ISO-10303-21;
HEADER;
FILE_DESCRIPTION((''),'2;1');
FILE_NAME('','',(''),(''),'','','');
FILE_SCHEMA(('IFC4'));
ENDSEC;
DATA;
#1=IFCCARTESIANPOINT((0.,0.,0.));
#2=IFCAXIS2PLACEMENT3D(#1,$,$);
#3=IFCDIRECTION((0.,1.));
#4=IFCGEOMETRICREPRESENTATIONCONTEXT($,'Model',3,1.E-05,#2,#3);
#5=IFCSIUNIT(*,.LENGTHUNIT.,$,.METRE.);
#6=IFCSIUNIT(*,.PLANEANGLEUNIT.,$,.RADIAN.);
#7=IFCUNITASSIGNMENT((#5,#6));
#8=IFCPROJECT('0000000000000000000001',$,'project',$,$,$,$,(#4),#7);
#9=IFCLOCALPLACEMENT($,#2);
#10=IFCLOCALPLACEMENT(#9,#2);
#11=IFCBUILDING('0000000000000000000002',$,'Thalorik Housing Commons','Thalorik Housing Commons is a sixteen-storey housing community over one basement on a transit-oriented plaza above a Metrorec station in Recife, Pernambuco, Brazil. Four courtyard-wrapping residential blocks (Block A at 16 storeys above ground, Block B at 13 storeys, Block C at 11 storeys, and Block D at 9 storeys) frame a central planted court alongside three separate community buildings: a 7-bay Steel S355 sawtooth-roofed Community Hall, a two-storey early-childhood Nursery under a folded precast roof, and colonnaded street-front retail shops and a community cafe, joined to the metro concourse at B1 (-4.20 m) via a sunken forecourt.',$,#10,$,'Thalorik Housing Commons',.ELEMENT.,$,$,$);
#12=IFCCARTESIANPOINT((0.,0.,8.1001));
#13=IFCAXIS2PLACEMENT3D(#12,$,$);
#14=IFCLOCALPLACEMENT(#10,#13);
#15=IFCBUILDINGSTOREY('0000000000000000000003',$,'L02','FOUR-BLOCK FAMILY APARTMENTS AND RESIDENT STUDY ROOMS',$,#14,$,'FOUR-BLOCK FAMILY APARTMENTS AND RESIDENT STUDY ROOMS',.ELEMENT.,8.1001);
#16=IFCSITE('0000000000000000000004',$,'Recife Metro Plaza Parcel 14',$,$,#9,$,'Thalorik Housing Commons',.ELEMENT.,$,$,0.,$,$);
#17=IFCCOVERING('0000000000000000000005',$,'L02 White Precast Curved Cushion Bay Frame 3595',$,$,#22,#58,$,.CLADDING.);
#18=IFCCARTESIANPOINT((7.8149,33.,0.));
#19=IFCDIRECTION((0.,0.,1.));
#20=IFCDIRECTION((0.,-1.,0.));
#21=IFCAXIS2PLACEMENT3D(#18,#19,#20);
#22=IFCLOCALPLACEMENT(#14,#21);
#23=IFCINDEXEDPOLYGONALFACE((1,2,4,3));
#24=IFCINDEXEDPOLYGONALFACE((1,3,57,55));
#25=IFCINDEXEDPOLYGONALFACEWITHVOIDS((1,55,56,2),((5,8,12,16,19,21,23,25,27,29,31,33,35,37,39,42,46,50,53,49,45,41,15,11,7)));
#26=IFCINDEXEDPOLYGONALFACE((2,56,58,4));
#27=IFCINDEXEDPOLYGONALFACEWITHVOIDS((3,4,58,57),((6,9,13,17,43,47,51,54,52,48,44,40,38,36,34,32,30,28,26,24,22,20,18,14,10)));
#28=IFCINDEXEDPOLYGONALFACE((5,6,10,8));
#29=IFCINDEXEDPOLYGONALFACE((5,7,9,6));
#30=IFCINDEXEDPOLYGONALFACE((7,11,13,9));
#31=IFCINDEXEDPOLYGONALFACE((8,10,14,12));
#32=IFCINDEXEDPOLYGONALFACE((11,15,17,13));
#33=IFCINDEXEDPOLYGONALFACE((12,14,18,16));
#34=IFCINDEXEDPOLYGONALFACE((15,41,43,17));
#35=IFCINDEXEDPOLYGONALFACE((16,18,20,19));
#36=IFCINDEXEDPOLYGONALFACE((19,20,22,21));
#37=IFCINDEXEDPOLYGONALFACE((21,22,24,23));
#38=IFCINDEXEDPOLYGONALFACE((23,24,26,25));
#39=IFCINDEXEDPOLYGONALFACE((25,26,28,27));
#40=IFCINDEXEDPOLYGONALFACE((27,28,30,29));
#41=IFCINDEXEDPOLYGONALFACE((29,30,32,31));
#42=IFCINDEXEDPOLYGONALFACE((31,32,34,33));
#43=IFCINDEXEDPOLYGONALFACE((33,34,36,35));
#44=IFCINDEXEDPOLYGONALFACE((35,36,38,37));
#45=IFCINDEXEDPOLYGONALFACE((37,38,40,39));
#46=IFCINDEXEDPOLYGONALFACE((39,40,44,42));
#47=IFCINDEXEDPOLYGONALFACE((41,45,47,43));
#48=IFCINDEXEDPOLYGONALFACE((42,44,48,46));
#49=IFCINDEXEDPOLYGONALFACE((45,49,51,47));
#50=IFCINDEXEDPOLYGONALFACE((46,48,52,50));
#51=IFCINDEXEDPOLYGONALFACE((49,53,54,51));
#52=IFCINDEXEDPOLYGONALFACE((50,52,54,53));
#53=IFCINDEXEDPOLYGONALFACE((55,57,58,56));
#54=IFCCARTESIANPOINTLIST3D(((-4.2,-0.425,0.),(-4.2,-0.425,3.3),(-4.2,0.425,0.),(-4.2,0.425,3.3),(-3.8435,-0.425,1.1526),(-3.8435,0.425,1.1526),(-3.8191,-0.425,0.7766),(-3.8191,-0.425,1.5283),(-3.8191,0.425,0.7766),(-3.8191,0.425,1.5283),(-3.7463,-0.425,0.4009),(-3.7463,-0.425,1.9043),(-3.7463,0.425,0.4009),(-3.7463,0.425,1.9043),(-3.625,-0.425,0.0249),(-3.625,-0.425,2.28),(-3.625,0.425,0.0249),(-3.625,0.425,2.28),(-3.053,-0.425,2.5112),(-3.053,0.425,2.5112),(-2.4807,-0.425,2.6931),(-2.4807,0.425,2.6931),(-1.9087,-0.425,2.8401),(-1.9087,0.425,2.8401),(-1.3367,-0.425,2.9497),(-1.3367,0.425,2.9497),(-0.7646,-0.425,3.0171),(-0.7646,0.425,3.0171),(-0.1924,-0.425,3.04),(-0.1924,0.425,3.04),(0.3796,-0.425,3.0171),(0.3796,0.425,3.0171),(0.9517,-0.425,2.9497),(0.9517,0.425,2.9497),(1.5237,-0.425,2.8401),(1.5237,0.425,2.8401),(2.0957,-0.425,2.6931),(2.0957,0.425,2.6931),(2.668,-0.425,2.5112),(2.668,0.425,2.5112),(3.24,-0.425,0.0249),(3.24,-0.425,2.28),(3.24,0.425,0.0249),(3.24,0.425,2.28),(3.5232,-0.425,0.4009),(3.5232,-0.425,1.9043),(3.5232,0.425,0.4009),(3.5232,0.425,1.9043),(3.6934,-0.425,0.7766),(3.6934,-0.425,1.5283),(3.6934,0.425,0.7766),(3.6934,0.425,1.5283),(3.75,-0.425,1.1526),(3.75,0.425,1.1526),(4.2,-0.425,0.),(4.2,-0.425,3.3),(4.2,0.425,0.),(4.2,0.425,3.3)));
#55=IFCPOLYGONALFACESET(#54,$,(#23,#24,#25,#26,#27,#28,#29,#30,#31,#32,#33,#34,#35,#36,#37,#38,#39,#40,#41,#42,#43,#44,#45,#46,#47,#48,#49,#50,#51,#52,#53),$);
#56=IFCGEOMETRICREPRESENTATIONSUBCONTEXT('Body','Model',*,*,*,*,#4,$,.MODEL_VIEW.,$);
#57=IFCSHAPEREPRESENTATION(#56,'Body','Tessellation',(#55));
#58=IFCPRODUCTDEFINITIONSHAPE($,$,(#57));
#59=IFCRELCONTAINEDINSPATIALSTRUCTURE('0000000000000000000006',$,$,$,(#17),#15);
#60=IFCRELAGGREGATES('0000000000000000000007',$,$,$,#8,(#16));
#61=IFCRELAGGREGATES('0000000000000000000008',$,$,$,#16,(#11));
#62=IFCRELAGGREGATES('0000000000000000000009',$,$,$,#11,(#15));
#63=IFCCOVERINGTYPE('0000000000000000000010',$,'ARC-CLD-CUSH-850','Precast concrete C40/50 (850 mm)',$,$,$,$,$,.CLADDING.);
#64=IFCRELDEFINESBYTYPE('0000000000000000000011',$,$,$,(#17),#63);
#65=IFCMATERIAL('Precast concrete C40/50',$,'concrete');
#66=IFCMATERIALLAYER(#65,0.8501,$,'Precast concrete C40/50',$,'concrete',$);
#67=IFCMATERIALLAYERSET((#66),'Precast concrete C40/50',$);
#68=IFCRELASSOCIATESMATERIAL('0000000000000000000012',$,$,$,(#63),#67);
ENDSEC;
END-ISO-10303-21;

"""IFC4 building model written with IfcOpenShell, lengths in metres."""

from ifc_helpers import new_model, si_unit, direction, frame, origin, place, context, subcontext, project, spatial, polyline, outline, extrude, material, layer, layer_set, type_object, element, save


model = new_model("IFC4")

# Units and contexts
model_context = context("Model", 3, precision=1e-05, world=origin(), true_north=direction((0.0, 1.0)))
body_context = subcontext(model_context, "Body", "Model", "MODEL_VIEW")
ifc_project = project(units=[si_unit("LENGTHUNIT", "METRE"), si_unit("PLANEANGLEUNIT", "RADIAN")], contexts=[model_context])

# Site, building, storey
site_placement = place(None, origin())
site = spatial("IfcSite", under=ifc_project, at=site_placement, Name="Recife Metro Plaza Parcel 14", LongName="Thalorik Housing Commons", CompositionType="ELEMENT", RefElevation=0.0)
building_placement = place(site_placement, origin())
building = spatial("IfcBuilding", under=site, at=building_placement, Name="Thalorik Housing Commons", Description="Thalorik Housing Commons is a sixteen-storey housing community over one basement on a transit-oriented plaza above a Metrorec station in Recife, Pernambuco, Brazil. Four courtyard-wrapping residential blocks (Block A at 16 storeys above ground, Block B at 13 storeys, Block C at 11 storeys, and Block D at 9 storeys) frame a central planted court alongside three separate community buildings: a 7-bay Steel S355 sawtooth-roofed Community Hall, a two-storey early-childhood Nursery under a folded precast roof, and colonnaded street-front retail shops and a community cafe, joined to the metro concourse at B1 (-4.20 m) via a sunken forecourt.", LongName="Thalorik Housing Commons", CompositionType="ELEMENT")
storey_placement = place(building_placement, frame((0.0, 0.0, 8.1001)))
storey = spatial("IfcBuildingStorey", under=building, at=storey_placement, Name="L02", Description="FOUR-BLOCK FAMILY APARTMENTS AND RESIDENT STUDY ROOMS", LongName="FOUR-BLOCK FAMILY APARTMENTS AND RESIDENT STUDY ROOMS", CompositionType="ELEMENT", Elevation=8.1001)

# Shared definitions
ifc_material_1 = material(Name="Precast concrete C40/50", Category="concrete")

# Covering
ifc_layer_1 = layer(ifc_material_1, 0.8501, Name="Precast concrete C40/50", Category="concrete")
ifc_layer_set_1 = layer_set([ifc_layer_1], Name="Precast concrete C40/50")
covering_type_1 = type_object("IfcCoveringType", Name="ARC-CLD-CUSH-850", Description="Precast concrete C40/50 (850 mm)", PredefinedType="CLADDING", material=ifc_layer_set_1)
covering_1_placement = place(storey_placement, frame((7.8149, 33.0, 0.0), z_axis=(0.0, 0.0, 1.0), x_axis=(0.0, -1.0, 0.0)))
element("IfcCovering", 1, at=covering_1_placement, inside=storey, type_object=covering_type_1, Name="L02 White Precast Curved Cushion Bay Frame 3595", PredefinedType="CLADDING", context=body_context, shape_type="SweptSolid", body=[
    extrude(outline(polyline([(-4.2, 0.0), (4.2, 0.0), (4.2, 3.3), (-4.2, 3.3), (-4.2, 0.0)]), holes=[polyline([(3.24, 0.0249), (3.5232, 0.4009), (3.6934, 0.7766), (3.75, 1.1526), (3.6934, 1.5283), (3.5232, 1.9043), (3.24, 2.28), (2.668, 2.5112), (2.0957, 2.6931), (1.5237, 2.8401), (0.9517, 2.9497), (0.3796, 3.0171), (-0.1924, 3.04), (-0.7646, 3.0171), (-1.3367, 2.9497), (-1.9087, 2.8401), (-2.4807, 2.6931), (-3.053, 2.5112), (-3.625, 2.28), (-3.7463, 1.9043), (-3.8191, 1.5283), (-3.8435, 1.1526), (-3.8191, 0.7766), (-3.7463, 0.4009), (-3.625, 0.0249), (3.24, 0.0249)])]), frame((0.0, 0.425, 0.0), z_axis=(0.0, -1.0, 0.0), x_axis=(1.0, 0.0, 0.0)), (0.0, 0.0, 1.0), 0.8501),
])

save(model, "model.ifc")
